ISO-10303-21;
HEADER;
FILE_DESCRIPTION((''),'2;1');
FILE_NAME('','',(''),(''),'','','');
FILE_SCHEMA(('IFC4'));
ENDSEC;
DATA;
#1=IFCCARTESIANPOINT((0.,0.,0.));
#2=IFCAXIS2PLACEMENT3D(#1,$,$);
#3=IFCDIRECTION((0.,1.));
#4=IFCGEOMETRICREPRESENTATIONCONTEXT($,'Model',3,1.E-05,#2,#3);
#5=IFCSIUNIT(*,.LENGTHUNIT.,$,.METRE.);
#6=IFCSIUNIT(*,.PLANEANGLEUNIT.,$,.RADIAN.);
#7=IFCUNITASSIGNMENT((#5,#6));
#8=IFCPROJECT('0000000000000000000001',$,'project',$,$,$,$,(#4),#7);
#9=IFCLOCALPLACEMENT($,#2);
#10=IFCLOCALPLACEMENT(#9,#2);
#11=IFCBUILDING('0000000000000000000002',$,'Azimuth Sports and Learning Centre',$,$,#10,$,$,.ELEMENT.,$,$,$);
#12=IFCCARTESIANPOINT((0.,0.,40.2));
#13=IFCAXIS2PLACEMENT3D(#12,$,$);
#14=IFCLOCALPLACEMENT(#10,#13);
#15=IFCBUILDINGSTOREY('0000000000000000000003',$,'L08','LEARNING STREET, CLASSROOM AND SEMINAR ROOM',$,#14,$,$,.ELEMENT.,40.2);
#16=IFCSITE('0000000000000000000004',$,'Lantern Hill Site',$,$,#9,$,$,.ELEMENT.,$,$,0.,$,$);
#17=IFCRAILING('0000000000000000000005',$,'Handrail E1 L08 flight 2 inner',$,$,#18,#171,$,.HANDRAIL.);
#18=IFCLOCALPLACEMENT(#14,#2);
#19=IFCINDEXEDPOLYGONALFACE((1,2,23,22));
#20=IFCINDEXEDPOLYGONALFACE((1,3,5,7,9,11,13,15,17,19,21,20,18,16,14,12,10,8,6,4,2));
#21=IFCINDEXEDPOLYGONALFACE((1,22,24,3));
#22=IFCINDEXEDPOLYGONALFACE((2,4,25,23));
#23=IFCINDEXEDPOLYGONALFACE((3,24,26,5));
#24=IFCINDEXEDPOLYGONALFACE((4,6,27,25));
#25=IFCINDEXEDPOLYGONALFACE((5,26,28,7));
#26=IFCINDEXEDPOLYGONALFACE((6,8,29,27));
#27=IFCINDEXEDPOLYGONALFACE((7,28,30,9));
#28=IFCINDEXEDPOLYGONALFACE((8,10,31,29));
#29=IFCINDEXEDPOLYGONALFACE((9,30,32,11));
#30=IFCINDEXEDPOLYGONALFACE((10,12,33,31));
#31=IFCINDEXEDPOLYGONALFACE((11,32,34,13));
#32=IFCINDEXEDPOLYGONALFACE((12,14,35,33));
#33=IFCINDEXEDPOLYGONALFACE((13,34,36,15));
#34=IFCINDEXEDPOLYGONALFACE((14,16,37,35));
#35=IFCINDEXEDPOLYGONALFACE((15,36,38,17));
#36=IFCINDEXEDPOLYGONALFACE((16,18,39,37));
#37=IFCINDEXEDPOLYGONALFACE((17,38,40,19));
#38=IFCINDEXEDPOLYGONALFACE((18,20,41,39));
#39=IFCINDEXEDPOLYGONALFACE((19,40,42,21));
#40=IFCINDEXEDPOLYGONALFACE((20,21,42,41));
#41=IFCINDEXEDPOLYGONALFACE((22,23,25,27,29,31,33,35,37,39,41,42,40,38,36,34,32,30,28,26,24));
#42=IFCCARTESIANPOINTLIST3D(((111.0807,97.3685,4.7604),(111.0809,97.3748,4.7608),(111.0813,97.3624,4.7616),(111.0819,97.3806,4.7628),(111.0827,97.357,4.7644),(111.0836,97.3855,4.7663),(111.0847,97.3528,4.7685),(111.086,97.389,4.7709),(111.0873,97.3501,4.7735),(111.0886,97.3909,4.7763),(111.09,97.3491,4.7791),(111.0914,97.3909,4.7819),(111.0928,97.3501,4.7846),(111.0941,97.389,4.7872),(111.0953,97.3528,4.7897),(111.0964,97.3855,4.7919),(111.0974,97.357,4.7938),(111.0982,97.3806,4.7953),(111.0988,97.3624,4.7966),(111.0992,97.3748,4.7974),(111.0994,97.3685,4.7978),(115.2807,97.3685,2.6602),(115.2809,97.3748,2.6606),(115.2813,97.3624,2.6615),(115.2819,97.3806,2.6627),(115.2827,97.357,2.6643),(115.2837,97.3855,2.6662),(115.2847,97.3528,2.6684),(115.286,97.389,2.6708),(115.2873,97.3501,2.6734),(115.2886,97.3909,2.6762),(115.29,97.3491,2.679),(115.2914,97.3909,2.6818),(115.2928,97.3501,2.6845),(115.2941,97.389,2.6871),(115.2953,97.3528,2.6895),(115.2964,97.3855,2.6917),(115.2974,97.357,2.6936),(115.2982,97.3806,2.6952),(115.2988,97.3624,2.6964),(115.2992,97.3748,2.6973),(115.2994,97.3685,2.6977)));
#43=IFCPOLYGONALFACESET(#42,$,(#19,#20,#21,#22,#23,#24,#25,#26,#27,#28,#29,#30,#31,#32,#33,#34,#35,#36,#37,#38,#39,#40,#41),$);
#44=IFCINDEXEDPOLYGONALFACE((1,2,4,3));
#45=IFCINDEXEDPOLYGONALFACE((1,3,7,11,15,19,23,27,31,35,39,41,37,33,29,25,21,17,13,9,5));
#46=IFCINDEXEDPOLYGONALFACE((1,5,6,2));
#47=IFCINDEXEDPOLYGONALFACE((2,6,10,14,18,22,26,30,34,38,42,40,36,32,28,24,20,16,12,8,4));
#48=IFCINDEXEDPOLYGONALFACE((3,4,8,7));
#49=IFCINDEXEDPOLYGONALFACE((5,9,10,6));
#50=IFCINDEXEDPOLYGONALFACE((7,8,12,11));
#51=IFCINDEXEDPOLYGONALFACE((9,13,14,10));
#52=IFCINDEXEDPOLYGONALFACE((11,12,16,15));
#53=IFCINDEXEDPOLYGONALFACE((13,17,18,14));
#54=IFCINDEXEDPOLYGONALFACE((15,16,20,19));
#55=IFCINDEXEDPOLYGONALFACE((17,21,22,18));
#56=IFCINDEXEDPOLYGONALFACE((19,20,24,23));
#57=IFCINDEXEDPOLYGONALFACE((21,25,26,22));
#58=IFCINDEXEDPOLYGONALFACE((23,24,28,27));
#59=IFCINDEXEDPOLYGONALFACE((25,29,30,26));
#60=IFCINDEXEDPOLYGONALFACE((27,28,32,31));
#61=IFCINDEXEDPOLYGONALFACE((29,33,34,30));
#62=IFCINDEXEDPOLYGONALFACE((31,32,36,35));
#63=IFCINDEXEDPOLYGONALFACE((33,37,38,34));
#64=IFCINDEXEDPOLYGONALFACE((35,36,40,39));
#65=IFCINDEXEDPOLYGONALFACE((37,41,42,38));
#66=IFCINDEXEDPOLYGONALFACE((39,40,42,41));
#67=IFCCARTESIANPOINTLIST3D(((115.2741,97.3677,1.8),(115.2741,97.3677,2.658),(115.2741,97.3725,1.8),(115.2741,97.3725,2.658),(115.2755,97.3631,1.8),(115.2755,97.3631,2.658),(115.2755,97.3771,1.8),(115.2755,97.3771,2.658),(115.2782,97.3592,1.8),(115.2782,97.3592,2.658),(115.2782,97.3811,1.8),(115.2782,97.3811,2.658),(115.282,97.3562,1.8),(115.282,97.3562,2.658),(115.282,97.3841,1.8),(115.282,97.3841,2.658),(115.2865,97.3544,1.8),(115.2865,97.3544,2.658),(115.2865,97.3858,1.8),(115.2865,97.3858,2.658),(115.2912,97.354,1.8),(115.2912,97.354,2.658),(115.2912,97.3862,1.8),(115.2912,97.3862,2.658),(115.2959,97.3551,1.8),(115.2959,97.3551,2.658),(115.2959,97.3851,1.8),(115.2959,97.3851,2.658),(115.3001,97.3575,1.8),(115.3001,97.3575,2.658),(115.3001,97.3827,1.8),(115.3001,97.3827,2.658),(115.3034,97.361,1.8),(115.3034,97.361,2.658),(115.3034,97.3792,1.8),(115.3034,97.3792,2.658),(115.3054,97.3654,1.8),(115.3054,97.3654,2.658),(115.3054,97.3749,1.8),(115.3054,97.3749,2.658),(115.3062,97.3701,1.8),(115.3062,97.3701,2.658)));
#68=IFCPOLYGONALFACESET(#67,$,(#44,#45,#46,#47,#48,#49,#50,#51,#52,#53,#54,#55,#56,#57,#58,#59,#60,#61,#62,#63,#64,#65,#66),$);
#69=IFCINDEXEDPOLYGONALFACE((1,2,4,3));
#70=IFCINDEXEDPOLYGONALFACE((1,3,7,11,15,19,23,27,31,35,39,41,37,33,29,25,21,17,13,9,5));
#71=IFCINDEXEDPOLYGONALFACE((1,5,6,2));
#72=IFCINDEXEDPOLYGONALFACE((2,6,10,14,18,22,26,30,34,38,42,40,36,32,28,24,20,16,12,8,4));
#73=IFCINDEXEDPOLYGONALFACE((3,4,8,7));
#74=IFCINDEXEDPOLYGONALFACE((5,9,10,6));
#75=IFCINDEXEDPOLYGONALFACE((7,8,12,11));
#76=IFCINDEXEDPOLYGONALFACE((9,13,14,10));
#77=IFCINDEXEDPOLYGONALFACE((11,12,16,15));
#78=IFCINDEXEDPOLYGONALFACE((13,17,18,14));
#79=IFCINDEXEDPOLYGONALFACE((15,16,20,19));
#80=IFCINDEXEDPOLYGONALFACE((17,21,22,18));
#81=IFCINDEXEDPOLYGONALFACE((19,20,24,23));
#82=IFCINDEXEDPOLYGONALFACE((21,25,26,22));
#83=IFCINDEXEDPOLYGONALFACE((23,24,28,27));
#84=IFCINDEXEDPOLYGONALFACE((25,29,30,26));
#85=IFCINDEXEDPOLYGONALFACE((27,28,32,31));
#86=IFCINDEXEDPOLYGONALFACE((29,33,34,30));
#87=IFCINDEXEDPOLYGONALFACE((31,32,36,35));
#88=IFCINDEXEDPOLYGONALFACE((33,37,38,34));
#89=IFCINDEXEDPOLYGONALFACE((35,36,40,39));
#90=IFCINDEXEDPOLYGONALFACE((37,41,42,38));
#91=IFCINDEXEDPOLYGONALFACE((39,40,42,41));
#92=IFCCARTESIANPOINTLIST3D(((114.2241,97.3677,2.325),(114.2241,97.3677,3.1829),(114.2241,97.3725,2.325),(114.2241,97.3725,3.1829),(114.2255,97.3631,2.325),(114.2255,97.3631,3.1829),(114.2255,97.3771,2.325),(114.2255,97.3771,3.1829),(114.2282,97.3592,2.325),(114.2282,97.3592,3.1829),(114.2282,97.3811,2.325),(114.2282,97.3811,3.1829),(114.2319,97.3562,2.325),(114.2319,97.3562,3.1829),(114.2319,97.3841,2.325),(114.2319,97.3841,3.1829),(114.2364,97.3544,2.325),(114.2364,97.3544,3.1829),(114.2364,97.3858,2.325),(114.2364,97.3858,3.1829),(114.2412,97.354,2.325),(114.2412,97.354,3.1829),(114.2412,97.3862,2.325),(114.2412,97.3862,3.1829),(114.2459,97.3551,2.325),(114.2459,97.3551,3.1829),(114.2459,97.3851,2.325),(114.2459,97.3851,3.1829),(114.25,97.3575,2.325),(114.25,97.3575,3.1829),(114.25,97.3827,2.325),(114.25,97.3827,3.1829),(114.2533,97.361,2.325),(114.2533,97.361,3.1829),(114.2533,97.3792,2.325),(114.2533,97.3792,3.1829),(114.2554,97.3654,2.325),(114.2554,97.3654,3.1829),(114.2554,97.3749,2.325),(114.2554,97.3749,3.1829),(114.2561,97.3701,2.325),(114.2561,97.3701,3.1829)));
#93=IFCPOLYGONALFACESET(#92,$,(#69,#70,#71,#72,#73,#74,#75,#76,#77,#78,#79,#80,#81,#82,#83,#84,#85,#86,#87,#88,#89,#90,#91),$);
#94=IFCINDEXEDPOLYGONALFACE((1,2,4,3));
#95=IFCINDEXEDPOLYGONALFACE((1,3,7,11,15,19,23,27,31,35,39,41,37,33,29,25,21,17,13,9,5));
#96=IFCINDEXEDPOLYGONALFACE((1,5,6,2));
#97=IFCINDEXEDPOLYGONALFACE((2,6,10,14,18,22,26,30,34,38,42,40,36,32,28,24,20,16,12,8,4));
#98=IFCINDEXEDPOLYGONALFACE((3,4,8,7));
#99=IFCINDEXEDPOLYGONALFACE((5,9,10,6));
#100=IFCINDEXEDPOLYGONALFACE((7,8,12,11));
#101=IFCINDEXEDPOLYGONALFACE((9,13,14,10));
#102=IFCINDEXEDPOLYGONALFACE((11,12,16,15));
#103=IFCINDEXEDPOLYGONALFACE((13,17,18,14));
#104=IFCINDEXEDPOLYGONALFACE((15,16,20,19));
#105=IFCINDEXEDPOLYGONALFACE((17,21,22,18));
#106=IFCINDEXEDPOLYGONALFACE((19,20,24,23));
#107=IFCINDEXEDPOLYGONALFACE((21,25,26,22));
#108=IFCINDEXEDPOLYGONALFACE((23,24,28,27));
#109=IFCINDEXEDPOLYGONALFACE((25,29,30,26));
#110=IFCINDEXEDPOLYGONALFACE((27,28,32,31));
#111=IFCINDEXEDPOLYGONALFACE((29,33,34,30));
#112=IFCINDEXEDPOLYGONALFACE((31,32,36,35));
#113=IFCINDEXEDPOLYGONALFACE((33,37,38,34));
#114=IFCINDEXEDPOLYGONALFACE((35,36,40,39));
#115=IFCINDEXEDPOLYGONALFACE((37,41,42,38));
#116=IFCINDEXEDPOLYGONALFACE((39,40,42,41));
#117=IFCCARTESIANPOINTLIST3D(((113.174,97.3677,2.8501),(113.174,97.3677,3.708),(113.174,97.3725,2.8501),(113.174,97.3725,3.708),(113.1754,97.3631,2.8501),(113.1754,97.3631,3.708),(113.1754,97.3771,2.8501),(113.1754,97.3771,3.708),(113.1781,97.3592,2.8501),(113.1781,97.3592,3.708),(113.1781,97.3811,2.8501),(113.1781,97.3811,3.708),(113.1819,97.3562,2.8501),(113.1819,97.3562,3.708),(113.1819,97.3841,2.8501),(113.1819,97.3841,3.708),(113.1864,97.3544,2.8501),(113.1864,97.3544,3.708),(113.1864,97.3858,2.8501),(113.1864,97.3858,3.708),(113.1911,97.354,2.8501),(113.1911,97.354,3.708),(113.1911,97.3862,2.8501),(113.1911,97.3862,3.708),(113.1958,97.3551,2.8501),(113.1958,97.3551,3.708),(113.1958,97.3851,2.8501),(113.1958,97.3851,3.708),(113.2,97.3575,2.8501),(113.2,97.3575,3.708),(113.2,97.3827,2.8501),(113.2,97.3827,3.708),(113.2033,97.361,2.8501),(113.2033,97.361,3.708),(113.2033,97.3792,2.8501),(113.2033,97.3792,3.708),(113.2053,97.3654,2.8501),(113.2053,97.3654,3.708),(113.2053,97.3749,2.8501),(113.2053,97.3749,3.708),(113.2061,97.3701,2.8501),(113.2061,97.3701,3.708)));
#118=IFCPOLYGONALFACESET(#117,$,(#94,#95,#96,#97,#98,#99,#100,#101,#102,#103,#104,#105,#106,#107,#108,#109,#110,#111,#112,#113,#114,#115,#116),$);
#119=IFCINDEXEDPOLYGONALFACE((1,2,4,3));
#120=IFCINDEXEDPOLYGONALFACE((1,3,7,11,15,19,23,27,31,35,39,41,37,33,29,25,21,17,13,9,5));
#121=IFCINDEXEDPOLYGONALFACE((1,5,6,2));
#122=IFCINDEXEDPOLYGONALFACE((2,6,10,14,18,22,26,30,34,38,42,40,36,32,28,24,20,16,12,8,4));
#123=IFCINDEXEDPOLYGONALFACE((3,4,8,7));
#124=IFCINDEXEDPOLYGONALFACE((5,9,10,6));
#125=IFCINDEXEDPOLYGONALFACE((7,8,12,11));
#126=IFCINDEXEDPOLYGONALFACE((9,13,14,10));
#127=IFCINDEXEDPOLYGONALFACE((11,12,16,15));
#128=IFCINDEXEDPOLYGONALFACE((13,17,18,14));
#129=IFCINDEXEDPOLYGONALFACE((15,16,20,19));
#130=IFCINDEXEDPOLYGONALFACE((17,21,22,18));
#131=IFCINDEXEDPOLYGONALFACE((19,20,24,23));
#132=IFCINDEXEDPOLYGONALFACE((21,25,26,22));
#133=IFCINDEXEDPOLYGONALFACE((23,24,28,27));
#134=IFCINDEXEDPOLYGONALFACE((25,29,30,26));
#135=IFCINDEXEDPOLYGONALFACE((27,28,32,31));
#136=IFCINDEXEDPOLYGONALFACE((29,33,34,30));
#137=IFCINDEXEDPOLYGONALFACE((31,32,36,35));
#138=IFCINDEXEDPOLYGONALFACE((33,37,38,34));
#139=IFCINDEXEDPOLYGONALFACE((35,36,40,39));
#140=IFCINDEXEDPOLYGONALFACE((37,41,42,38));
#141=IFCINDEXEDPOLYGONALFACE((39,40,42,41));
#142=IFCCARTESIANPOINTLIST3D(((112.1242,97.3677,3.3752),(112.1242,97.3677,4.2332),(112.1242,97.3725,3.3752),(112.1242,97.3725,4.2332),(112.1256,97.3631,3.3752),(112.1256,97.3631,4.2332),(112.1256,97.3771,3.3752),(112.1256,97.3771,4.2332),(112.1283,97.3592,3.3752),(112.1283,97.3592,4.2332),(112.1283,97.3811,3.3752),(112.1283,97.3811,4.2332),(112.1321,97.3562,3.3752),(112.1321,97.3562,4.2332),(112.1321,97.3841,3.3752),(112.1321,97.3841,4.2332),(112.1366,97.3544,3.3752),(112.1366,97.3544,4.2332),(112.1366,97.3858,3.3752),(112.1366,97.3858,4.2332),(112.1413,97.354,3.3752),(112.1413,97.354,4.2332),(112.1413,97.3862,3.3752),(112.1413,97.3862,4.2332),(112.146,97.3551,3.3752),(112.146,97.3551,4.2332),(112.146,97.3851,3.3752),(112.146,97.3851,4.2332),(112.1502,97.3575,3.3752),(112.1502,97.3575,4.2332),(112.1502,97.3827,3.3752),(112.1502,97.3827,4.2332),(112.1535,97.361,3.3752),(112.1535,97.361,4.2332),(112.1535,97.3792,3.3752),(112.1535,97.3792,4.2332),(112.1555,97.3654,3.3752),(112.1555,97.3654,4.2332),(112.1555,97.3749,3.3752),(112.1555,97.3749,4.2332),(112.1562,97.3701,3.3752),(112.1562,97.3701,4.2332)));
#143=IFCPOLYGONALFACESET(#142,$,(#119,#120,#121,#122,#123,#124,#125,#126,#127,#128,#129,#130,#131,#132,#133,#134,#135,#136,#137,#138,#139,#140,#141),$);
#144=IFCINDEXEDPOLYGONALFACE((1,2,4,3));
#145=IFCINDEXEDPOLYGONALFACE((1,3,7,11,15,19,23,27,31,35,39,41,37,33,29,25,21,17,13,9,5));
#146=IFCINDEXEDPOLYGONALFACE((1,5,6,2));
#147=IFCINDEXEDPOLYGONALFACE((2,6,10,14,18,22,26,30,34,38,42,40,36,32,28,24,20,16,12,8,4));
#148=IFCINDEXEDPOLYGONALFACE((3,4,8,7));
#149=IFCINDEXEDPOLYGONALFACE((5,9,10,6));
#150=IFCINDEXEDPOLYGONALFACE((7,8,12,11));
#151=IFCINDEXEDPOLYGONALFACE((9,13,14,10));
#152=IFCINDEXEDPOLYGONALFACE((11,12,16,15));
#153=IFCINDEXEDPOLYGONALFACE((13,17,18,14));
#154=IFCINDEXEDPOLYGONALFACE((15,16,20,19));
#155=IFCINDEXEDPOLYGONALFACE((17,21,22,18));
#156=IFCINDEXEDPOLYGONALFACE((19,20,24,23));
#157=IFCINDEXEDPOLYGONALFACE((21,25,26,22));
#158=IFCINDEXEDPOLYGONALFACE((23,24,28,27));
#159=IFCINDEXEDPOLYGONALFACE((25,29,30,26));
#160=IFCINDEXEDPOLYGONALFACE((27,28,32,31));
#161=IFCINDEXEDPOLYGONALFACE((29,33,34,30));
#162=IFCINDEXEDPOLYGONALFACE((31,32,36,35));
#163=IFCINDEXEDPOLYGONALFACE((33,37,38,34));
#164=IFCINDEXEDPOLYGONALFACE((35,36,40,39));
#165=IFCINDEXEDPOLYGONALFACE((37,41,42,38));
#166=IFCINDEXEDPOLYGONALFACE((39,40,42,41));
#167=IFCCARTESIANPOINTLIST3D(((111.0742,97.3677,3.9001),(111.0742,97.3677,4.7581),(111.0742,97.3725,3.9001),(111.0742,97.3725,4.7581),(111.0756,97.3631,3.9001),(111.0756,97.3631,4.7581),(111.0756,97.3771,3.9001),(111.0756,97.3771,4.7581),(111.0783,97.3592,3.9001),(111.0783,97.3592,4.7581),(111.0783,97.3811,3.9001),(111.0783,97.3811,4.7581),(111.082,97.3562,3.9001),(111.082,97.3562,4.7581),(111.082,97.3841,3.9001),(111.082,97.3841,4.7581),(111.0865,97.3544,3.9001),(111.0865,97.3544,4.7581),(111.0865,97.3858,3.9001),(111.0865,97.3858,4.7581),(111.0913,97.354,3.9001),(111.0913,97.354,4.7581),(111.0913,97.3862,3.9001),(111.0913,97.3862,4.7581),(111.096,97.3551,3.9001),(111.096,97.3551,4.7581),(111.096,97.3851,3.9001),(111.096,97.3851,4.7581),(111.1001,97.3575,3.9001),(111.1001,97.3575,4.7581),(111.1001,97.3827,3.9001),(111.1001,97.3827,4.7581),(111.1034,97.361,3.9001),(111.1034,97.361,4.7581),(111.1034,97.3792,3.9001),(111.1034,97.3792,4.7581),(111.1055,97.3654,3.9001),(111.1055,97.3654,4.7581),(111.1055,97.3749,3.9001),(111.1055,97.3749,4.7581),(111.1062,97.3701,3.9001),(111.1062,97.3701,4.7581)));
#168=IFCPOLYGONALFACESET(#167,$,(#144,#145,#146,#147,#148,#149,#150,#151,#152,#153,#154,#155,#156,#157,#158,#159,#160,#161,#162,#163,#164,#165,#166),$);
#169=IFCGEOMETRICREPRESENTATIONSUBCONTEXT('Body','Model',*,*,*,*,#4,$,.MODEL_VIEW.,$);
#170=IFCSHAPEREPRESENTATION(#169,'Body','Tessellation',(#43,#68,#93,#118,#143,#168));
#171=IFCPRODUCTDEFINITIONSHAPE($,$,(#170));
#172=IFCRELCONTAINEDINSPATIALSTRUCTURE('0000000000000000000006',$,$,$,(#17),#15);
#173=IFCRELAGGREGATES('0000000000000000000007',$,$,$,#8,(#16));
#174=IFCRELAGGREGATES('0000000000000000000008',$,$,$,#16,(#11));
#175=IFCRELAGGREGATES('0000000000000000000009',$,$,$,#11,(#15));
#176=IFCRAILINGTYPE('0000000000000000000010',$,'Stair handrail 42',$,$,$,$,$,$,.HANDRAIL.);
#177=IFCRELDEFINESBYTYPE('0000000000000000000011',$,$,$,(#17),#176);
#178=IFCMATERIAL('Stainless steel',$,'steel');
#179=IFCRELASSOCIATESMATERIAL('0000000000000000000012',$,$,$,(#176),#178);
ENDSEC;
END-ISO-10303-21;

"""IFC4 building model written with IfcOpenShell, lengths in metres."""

from ifc_helpers import new_model, si_unit, direction, frame, origin, origin_2d, place, context, subcontext, project, spatial, circle, extrude, material, type_object, element, save


model = new_model("IFC4")

# Units and contexts
model_context = context("Model", 3, precision=1e-05, world=origin(), true_north=direction((0.0, 1.0)))
body_context = subcontext(model_context, "Body", "Model", "MODEL_VIEW")
ifc_project = project(units=[si_unit("LENGTHUNIT", "METRE"), si_unit("PLANEANGLEUNIT", "RADIAN")], contexts=[model_context])

# Site, building, storey
site_placement = place(None, origin())
site = spatial("IfcSite", under=ifc_project, at=site_placement, Name="Lantern Hill Site", CompositionType="ELEMENT", RefElevation=0.0)
building_placement = place(site_placement, origin())
building = spatial("IfcBuilding", under=site, at=building_placement, Name="Azimuth Sports and Learning Centre", CompositionType="ELEMENT")
storey_placement = place(building_placement, frame((0.0, 0.0, 40.2)))
storey = spatial("IfcBuildingStorey", under=building, at=storey_placement, Name="L08", Description="LEARNING STREET, CLASSROOM AND SEMINAR ROOM", CompositionType="ELEMENT", Elevation=40.2)

# Railing
ifc_material_1 = material(Name="Stainless steel", Category="steel")
railing_type_1 = type_object("IfcRailingType", Name="Stair handrail 42", PredefinedType="HANDRAIL", material=ifc_material_1)
for number, where, name in (
    (1, (115.29, 97.3701, 1.8), "Handrail E1 L08 flight 2 inner"),
):
    element("IfcRailing", number, at=place(storey_placement, frame(where)), inside=storey, type_object=railing_type_1, Name=name, PredefinedType="HANDRAIL", context=body_context, shape_type="SweptSolid", body=[
        extrude(circle(Radius=0.021, at=origin_2d()), frame((0.0, 0.0, 0.8789), z_axis=(-0.894417, 0.0, 0.447234), x_axis=(0.0, -1.0, 0.0)), (0.0, 0.0, 1.0), 4.6958),
        extrude(circle(Radius=0.0161, at=origin_2d()), origin(), (0.0, 0.0, 1.0), 0.8579),
        extrude(circle(Radius=0.0161, at=origin_2d()), frame((-1.05, 0.0, 0.5249)), (0.0, 0.0, 1.0), 0.8579),
        extrude(circle(Radius=0.0161, at=origin_2d()), frame((-2.1001, 0.0, 1.05)), (0.0, 0.0, 1.0), 0.8579),
        extrude(circle(Radius=0.0161, at=origin_2d()), frame((-3.1499, 0.0, 1.5752)), (0.0, 0.0, 1.0), 0.8579),
        extrude(circle(Radius=0.0161, at=origin_2d()), frame((-4.2, 0.0, 2.1001)), (0.0, 0.0, 1.0), 0.8579),
    ])

save(model, "model.ifc")
